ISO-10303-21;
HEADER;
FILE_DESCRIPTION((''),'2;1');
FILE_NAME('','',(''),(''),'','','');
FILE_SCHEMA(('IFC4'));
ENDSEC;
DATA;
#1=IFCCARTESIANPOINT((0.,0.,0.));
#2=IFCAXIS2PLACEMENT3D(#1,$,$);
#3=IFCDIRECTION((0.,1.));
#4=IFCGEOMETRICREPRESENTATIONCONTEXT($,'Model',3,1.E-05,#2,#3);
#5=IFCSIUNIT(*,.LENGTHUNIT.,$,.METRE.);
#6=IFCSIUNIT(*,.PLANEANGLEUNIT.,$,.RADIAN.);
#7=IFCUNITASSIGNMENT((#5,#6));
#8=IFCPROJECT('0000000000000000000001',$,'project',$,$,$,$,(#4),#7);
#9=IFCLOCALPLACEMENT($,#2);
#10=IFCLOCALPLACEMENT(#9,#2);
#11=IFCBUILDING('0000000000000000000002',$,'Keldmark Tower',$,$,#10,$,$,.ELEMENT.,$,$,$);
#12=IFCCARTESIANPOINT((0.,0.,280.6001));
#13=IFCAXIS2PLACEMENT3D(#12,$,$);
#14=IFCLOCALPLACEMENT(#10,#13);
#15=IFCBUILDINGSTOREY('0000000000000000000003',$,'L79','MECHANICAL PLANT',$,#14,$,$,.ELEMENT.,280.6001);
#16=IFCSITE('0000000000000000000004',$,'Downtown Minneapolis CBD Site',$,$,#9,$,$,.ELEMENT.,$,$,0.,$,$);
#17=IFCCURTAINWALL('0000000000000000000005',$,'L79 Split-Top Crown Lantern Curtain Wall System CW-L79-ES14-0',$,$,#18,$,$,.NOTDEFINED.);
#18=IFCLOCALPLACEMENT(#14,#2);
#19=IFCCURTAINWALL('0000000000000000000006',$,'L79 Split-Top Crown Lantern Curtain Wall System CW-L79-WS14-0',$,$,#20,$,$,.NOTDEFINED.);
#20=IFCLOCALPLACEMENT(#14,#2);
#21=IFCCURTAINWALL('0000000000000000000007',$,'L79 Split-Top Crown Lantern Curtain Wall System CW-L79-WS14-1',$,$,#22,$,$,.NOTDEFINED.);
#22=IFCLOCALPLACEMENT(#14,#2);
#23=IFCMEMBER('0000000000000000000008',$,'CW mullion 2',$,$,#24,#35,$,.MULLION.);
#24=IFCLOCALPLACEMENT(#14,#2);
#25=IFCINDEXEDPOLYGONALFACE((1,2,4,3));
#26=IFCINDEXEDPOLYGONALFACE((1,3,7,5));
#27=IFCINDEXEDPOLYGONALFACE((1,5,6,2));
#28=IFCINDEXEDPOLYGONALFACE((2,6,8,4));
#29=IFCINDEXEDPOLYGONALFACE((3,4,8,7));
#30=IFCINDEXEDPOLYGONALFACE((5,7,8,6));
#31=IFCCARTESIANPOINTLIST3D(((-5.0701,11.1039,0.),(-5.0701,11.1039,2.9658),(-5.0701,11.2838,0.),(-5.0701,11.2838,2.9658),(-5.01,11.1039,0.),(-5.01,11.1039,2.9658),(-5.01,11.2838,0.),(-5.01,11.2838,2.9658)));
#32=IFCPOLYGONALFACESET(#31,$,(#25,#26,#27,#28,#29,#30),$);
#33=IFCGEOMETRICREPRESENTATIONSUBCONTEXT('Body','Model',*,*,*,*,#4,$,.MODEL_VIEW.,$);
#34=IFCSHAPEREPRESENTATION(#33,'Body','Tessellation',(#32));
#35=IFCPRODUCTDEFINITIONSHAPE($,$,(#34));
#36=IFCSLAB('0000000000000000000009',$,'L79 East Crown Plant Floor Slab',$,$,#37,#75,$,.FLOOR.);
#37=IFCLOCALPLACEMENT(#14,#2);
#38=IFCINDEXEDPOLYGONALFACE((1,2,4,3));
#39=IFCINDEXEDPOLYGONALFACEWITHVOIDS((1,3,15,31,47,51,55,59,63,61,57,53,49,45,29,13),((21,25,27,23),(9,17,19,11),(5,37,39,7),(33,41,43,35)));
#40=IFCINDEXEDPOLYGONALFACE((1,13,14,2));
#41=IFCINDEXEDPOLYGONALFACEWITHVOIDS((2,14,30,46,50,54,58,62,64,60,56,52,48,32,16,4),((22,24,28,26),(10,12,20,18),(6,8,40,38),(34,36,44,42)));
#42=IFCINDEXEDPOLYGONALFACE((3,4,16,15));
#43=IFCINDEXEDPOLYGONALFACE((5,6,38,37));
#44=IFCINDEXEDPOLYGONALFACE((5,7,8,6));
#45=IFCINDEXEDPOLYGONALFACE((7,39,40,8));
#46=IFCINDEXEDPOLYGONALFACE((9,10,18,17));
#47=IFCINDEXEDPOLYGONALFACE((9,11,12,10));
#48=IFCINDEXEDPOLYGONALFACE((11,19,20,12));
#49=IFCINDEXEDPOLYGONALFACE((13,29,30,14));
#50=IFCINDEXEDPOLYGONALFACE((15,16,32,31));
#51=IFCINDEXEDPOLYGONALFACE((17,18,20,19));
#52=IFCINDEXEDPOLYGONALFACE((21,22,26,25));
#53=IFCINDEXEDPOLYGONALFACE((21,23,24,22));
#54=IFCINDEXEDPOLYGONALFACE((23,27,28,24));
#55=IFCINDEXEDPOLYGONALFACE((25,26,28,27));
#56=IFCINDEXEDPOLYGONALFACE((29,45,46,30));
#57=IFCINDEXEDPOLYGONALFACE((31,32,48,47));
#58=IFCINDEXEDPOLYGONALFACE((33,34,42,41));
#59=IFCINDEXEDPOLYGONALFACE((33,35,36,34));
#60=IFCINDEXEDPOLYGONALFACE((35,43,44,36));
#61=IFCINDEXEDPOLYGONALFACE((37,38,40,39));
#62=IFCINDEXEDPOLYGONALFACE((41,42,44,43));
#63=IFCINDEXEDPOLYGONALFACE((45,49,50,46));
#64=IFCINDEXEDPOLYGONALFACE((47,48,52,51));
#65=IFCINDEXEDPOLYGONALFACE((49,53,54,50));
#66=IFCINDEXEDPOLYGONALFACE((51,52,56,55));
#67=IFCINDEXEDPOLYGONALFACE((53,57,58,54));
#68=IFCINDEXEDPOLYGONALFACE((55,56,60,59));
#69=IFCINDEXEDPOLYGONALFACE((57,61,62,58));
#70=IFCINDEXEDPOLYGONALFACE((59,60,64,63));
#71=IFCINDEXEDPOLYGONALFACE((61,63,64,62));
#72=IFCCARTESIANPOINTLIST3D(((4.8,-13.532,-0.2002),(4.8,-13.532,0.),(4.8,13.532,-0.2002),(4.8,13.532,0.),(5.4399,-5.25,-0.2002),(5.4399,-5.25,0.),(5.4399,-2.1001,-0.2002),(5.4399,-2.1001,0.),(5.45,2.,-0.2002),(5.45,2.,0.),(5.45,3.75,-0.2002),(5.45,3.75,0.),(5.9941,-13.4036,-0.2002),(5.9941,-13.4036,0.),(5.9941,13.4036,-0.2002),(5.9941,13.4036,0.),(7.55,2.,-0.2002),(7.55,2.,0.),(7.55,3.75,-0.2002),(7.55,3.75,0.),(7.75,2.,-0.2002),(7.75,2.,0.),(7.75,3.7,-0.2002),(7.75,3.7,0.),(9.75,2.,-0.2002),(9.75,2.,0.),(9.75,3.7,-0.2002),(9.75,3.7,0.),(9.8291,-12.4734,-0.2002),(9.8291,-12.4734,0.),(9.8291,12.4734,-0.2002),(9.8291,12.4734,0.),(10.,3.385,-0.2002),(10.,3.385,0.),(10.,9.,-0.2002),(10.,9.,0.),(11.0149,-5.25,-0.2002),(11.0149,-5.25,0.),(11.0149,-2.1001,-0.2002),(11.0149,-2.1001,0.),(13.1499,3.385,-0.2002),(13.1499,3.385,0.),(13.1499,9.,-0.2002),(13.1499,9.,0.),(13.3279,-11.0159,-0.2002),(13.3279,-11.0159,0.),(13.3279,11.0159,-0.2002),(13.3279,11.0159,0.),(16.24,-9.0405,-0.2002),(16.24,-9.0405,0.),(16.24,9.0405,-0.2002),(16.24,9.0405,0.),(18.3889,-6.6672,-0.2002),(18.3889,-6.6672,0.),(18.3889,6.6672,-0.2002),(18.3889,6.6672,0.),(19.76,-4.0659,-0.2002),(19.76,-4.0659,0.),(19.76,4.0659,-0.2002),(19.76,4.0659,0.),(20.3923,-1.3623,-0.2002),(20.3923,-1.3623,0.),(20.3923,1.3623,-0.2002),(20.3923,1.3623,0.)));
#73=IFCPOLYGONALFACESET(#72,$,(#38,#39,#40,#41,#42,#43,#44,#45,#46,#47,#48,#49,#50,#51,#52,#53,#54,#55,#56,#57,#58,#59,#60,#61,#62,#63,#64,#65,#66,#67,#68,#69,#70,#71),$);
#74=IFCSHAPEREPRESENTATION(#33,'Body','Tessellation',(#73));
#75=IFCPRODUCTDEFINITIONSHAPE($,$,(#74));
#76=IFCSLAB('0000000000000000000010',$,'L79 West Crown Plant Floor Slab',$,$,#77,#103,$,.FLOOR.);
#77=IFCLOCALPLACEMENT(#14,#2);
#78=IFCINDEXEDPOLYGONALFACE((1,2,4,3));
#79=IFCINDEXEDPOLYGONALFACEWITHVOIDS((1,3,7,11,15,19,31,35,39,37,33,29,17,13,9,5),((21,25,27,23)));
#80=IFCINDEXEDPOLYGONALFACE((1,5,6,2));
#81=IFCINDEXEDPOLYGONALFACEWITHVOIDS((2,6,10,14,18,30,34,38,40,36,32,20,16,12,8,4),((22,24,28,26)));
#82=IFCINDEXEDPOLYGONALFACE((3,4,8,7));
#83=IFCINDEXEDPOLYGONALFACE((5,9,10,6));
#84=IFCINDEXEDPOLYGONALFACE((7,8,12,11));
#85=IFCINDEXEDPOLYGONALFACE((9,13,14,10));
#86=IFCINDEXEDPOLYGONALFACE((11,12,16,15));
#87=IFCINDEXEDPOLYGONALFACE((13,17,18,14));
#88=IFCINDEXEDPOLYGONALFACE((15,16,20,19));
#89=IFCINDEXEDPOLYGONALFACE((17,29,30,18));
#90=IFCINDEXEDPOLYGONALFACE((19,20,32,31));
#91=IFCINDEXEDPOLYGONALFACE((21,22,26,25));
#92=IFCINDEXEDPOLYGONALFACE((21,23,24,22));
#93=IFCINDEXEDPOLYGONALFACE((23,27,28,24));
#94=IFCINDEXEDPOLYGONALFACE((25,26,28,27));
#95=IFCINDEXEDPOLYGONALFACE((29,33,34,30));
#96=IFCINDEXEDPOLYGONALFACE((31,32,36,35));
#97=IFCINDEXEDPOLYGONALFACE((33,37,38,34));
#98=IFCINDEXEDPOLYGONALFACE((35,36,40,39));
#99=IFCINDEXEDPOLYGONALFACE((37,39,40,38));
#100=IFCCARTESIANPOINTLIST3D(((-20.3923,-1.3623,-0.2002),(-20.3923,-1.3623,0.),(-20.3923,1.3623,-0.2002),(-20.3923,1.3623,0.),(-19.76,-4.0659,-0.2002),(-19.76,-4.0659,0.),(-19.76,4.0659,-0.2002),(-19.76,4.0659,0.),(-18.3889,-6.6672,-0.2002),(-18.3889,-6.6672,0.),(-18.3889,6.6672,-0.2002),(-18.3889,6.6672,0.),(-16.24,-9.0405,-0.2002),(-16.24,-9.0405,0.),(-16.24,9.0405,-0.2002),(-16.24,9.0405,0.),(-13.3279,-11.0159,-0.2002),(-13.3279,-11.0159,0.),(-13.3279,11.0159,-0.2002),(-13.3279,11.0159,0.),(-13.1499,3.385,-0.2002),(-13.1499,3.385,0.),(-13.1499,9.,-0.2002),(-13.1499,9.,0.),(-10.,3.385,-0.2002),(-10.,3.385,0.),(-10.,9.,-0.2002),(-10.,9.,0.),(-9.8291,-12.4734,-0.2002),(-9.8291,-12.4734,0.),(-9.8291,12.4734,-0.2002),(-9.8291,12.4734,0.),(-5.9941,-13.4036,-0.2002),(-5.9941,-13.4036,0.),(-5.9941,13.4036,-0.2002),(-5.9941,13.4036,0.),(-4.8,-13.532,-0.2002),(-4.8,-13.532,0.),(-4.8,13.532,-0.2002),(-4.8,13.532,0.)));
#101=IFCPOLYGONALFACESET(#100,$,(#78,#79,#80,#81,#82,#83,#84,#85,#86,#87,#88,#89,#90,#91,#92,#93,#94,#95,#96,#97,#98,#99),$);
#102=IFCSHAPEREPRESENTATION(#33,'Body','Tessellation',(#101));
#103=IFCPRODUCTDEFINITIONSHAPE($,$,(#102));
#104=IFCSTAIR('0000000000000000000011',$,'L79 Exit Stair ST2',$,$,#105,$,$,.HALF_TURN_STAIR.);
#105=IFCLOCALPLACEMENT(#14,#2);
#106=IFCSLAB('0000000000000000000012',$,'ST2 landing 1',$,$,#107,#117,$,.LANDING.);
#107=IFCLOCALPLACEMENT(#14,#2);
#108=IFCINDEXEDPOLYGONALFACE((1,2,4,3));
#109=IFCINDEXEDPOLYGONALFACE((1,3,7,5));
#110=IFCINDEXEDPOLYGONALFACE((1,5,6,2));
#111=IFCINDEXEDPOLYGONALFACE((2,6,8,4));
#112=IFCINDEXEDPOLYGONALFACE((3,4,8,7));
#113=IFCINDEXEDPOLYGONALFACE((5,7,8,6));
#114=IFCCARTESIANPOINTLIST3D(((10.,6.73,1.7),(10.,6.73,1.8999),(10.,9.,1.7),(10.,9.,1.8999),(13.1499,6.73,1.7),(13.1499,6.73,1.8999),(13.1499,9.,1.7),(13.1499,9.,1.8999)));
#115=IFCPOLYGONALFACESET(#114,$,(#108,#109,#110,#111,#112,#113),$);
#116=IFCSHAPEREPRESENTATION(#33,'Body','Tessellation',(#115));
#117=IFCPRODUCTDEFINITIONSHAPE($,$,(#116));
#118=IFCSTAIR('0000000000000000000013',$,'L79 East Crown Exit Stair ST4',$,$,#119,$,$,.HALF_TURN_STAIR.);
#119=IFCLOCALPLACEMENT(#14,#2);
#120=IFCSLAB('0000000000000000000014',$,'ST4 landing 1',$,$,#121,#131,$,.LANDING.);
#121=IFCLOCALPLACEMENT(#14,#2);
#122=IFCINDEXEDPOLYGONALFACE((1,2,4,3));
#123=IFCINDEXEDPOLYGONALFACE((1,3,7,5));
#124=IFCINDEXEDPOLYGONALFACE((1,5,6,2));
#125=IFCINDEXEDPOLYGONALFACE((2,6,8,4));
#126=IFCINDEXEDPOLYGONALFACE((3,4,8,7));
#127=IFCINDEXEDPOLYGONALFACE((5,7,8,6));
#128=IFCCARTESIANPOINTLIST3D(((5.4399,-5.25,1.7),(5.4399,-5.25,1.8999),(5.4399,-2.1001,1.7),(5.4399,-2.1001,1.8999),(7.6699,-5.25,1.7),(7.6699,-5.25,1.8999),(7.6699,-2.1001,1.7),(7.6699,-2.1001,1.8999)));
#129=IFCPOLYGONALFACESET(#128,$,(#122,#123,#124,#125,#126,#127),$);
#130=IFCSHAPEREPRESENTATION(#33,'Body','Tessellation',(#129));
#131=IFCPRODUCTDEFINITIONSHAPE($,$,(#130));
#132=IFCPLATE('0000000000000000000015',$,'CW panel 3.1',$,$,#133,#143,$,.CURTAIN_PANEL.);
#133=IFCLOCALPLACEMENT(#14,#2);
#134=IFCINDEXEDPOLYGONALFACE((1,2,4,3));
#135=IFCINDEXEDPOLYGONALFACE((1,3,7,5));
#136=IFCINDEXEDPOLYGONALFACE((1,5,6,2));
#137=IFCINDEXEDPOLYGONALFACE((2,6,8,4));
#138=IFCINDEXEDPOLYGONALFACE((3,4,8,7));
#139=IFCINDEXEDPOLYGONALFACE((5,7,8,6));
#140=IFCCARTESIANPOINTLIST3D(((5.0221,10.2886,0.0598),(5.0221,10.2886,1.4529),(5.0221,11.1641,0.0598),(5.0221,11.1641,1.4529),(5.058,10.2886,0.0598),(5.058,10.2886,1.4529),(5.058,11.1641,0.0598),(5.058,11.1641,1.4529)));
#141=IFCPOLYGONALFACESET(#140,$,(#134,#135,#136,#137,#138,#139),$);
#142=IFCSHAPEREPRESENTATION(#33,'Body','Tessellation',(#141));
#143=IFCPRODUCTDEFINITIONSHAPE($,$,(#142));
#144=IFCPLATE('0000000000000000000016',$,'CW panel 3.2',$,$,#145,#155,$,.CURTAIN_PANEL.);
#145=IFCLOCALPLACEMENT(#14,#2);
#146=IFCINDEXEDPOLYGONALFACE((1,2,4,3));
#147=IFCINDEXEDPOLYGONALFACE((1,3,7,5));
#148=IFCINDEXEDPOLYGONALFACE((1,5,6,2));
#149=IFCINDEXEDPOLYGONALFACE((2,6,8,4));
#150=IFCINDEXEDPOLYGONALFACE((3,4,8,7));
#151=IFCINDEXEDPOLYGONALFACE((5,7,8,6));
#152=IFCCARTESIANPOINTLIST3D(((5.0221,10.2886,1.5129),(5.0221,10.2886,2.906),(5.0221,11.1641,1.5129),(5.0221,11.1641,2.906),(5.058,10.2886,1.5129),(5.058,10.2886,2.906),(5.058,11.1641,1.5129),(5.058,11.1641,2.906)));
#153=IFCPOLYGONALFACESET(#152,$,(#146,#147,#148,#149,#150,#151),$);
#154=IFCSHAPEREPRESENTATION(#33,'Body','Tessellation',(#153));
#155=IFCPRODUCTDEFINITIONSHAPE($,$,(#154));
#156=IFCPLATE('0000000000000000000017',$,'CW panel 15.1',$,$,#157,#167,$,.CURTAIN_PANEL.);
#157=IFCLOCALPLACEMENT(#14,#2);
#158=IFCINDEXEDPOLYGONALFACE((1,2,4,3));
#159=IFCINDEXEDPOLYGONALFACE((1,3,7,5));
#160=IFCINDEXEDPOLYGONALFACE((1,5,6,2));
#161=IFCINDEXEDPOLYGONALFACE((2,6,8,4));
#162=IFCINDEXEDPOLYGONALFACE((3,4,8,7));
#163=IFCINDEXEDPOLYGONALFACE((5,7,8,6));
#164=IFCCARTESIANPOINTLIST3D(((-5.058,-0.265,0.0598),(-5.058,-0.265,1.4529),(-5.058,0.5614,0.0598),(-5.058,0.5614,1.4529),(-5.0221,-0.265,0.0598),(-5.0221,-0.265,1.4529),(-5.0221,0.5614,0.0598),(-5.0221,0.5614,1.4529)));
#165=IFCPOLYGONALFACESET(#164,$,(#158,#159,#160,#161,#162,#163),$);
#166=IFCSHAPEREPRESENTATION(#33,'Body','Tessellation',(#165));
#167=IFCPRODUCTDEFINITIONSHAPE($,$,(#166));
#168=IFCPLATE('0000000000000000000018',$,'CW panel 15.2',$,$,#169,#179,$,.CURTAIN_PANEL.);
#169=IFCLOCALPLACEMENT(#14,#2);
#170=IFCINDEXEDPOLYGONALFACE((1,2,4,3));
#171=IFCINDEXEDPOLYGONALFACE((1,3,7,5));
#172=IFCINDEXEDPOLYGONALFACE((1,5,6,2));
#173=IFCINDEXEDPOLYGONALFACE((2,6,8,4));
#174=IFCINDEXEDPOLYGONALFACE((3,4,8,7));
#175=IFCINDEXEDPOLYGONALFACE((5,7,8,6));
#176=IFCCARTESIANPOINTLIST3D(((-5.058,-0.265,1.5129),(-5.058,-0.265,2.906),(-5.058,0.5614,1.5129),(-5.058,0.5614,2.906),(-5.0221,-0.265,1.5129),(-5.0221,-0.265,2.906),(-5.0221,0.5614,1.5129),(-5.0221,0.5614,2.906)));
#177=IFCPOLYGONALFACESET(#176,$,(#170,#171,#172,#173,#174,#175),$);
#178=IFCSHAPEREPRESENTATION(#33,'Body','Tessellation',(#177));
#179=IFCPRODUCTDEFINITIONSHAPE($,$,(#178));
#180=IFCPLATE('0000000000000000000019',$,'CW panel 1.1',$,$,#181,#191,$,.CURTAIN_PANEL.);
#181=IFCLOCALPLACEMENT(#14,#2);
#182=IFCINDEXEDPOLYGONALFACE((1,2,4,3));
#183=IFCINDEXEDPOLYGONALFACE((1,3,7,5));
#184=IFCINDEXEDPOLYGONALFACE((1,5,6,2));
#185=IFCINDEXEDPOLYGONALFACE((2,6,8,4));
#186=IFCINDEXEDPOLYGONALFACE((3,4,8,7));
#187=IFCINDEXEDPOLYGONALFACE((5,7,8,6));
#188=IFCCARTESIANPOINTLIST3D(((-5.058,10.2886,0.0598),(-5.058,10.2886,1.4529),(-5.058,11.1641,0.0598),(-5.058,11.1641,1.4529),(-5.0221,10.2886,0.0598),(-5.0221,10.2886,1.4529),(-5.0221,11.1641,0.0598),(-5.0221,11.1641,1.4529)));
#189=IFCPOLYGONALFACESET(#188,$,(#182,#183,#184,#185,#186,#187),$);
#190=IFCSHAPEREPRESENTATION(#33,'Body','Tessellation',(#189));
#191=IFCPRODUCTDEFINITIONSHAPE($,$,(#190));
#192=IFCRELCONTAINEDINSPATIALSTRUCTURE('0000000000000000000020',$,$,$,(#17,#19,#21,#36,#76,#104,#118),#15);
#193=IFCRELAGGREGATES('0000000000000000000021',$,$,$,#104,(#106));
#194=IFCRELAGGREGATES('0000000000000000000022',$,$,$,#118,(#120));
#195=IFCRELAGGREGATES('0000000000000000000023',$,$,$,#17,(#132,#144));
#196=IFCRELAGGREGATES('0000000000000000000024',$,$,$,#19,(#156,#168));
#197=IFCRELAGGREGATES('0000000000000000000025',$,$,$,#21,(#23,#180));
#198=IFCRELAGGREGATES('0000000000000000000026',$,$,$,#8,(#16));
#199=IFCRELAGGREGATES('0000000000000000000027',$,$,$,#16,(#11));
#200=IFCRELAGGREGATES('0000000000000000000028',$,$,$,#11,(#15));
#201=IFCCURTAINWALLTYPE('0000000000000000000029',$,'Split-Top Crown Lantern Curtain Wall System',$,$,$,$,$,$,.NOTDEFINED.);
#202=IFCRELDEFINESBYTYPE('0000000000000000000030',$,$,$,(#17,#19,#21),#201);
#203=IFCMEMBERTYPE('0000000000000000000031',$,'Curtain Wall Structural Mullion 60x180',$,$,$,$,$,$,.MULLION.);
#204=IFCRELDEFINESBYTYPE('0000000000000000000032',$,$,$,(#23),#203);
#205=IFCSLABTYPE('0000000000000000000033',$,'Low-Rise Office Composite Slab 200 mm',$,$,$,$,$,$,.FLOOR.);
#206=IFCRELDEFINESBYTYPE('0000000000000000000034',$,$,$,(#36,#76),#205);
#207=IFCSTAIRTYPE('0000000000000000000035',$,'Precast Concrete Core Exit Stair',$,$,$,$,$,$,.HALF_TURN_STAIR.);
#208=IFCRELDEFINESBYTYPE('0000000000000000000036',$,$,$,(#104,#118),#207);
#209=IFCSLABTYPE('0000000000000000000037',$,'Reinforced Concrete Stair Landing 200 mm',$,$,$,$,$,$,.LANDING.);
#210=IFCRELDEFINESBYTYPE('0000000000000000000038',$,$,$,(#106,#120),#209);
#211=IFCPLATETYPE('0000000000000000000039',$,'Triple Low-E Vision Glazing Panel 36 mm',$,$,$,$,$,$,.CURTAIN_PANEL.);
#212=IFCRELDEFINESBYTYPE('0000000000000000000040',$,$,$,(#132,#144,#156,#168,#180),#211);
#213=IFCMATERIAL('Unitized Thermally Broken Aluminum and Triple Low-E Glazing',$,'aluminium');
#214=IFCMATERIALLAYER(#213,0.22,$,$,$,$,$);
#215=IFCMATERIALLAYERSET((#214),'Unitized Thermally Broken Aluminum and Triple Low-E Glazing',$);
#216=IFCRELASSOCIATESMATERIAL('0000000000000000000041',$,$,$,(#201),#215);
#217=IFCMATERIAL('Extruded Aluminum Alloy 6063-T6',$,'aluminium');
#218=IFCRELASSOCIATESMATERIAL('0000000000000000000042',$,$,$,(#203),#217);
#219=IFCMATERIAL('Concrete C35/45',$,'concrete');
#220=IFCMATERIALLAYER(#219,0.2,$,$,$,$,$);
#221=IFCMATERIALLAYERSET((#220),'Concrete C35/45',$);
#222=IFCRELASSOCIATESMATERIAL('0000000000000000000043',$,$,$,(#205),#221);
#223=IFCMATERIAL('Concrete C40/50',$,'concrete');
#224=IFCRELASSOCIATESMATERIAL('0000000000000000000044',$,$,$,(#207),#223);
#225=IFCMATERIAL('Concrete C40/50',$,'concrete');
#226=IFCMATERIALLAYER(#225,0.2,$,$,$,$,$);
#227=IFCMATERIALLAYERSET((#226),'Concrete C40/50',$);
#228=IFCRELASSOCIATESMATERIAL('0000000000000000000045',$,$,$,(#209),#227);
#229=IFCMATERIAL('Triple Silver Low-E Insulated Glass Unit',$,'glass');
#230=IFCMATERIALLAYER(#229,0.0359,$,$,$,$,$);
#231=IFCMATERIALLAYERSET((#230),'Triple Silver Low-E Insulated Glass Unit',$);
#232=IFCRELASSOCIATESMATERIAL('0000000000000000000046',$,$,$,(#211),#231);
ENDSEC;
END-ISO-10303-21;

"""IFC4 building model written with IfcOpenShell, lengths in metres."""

from ifc_helpers import new_model, si_unit, direction, frame, origin, origin_2d, place, context, subcontext, project, spatial, polyline, rectangle, outline, extrude, material, layer, layer_set, material_profile, profile_set, type_object, element, aggregate, save


model = new_model("IFC4")

# Units and contexts
model_context = context("Model", 3, precision=1e-05, world=origin(), true_north=direction((0.0, 1.0)))
body_context = subcontext(model_context, "Body", "Model", "MODEL_VIEW")
ifc_project = project(units=[si_unit("LENGTHUNIT", "METRE"), si_unit("PLANEANGLEUNIT", "RADIAN")], contexts=[model_context])

# Site, building, storey
site_placement = place(None, origin())
site = spatial("IfcSite", under=ifc_project, at=site_placement, Name="Downtown Minneapolis CBD Site", CompositionType="ELEMENT", RefElevation=0.0)
building_placement = place(site_placement, origin())
building = spatial("IfcBuilding", under=site, at=building_placement, Name="Keldmark Tower", CompositionType="ELEMENT")
storey_placement = place(building_placement, frame((0.0, 0.0, 280.6001)))
storey = spatial("IfcBuildingStorey", under=building, at=storey_placement, Name="L79", Description="MECHANICAL PLANT", CompositionType="ELEMENT", Elevation=280.6001)

# Curtain wall
ifc_material_1 = material(Name="Unitized Thermally Broken Aluminum and Triple Low-E Glazing", Category="aluminium")
ifc_layer_1 = layer(ifc_material_1, 0.22)
ifc_layer_set_1 = layer_set([ifc_layer_1], Name="Unitized Thermally Broken Aluminum and Triple Low-E Glazing")
curtain_wall_type = type_object("IfcCurtainWallType", Name="Split-Top Crown Lantern Curtain Wall System", PredefinedType="NOTDEFINED", material=ifc_layer_set_1)
curtain_wall_1_placement = place(storey_placement, origin())
curtain_wall_1 = element("IfcCurtainWall", 1, at=curtain_wall_1_placement, inside=storey, type_object=curtain_wall_type, Name="L79 Split-Top Crown Lantern Curtain Wall System CW-L79-ES14-0", PredefinedType="NOTDEFINED")

# Curtain wall
curtain_wall_2_placement = place(storey_placement, origin())
curtain_wall_2 = element("IfcCurtainWall", 2, at=curtain_wall_2_placement, inside=storey, type_object=curtain_wall_type, Name="L79 Split-Top Crown Lantern Curtain Wall System CW-L79-WS14-0", PredefinedType="NOTDEFINED")

# Curtain wall
curtain_wall_3_placement = place(storey_placement, origin())
curtain_wall_3 = element("IfcCurtainWall", 3, at=curtain_wall_3_placement, inside=storey, type_object=curtain_wall_type, Name="L79 Split-Top Crown Lantern Curtain Wall System CW-L79-WS14-1", PredefinedType="NOTDEFINED")

# Shared definitions
ifc_material_2 = material(Name="Extruded Aluminum Alloy 6063-T6", Category="aluminium")
ifc_material_profile_1 = material_profile(ifc_material_2, rectangle(XDim=0.0601, YDim=0.1799, at=origin_2d()), Name="CWM60X180")
ifc_profile_set_1 = profile_set([ifc_material_profile_1], Name="Extruded Aluminum Alloy 6063-T6")
member_type_1 = type_object("IfcMemberType", Name="Curtain Wall Structural Mullion 60x180", PredefinedType="MULLION", material=ifc_profile_set_1)

# Member
member_1_placement = place(storey_placement, frame((-5.04, 11.1938, 0.0), z_axis=(0.0, 0.0, 1.0), x_axis=(-1.0, 0.0, 0.0)))
member_1 = element("IfcMember", 4, at=member_1_placement, type_object=member_type_1, Name="CW mullion 2", PredefinedType="MULLION", context=body_context, shape_type="SweptSolid", body=[
    extrude(rectangle(XDim=0.0601, YDim=0.1799, at=origin_2d()), origin(), (0.0, 0.0, 1.0), 2.9658),
])

# Slabs
ifc_material_3 = material(Name="Concrete C35/45", Category="concrete")
ifc_layer_2 = layer(ifc_material_3, 0.2)
ifc_layer_set_2 = layer_set([ifc_layer_2], Name="Concrete C35/45")
slab_type_1 = type_object("IfcSlabType", Name="Low-Rise Office Composite Slab 200 mm", PredefinedType="FLOOR", material=ifc_layer_set_2)
slab_1_placement = place(storey_placement, frame((0.0, 0.0, -0.2002)))
element("IfcSlab", 5, at=slab_1_placement, inside=storey, type_object=slab_type_1, Name="L79 East Crown Plant Floor Slab", PredefinedType="FLOOR", context=body_context, shape_type="SweptSolid", body=[
    extrude(outline(polyline([(5.9941, 13.4036), (9.8291, 12.4734), (13.3279, 11.0159), (16.24, 9.0405), (18.3889, 6.6672), (19.76, 4.0659), (20.3923, 1.3623), (20.3923, -1.3623), (19.76, -4.0659), (18.3889, -6.6672), (16.24, -9.0405), (13.3279, -11.0159), (9.8291, -12.4734), (5.9941, -13.4036), (4.8, -13.532), (4.8, 13.532), (5.9941, 13.4036)]), holes=[polyline([(13.1499, 3.385), (13.1499, 9.0), (10.0, 9.0), (10.0, 3.385), (13.1499, 3.385)]), polyline([(11.0149, -2.1001), (5.4399, -2.1001), (5.4399, -5.25), (11.0149, -5.25), (11.0149, -2.1001)]), polyline([(7.75, 2.0), (9.75, 2.0), (9.75, 3.7), (7.75, 3.7), (7.75, 2.0)]), polyline([(5.45, 2.0), (7.55, 2.0), (7.55, 3.75), (5.45, 3.75), (5.45, 2.0)])]), origin(), (0.0, 0.0, 1.0), 0.2002),
])
slab_2_placement = place(storey_placement, frame((0.0, 0.0, -0.2002)))
element("IfcSlab", 6, at=slab_2_placement, inside=storey, type_object=slab_type_1, Name="L79 West Crown Plant Floor Slab", PredefinedType="FLOOR", context=body_context, shape_type="SweptSolid", body=[
    extrude(outline(polyline([(-5.9941, -13.4036), (-9.8291, -12.4734), (-13.3279, -11.0159), (-16.24, -9.0405), (-18.3889, -6.6672), (-19.76, -4.0659), (-20.3923, -1.3623), (-20.3923, 1.3623), (-19.76, 4.0659), (-18.3889, 6.6672), (-16.24, 9.0405), (-13.3279, 11.0159), (-9.8291, 12.4734), (-5.9941, 13.4036), (-4.8, 13.532), (-4.8, -13.532), (-5.9941, -13.4036)]), holes=[polyline([(-10.0, 3.385), (-10.0, 9.0), (-13.1499, 9.0), (-13.1499, 3.385), (-10.0, 3.385)])]), origin(), (0.0, 0.0, 1.0), 0.2002),
])

# Stairs, slabs
ifc_material_4 = material(Name="Concrete C40/50", Category="concrete")
stair_type = type_object("IfcStairType", Name="Precast Concrete Core Exit Stair", PredefinedType="HALF_TURN_STAIR", material=ifc_material_4)
stair_1_placement = place(storey_placement, origin())
stair_1 = element("IfcStair", 7, at=stair_1_placement, inside=storey, type_object=stair_type, Name="L79 Exit Stair ST2", PredefinedType="HALF_TURN_STAIR")
ifc_material_5 = material(Name="Concrete C40/50", Category="concrete")
ifc_layer_3 = layer(ifc_material_5, 0.2)
ifc_layer_set_3 = layer_set([ifc_layer_3], Name="Concrete C40/50")
slab_type_2 = type_object("IfcSlabType", Name="Reinforced Concrete Stair Landing 200 mm", PredefinedType="LANDING", material=ifc_layer_set_3)
slab_3_placement = place(storey_placement, frame((0.0, 0.0, 1.7)))
slab_3 = element("IfcSlab", 8, at=slab_3_placement, type_object=slab_type_2, Name="ST2 landing 1", PredefinedType="LANDING", context=body_context, shape_type="SweptSolid", body=[
    extrude(outline(polyline([(13.1499, 6.73), (13.1499, 9.0), (10.0, 9.0), (10.0, 6.73), (13.1499, 6.73)])), origin(), (0.0, 0.0, 1.0), 0.2),
])
aggregate(stair_1, [slab_3])
stair_2_placement = place(storey_placement, origin())
stair_2 = element("IfcStair", 9, at=stair_2_placement, inside=storey, type_object=stair_type, Name="L79 East Crown Exit Stair ST4", PredefinedType="HALF_TURN_STAIR")
slab_4_placement = place(storey_placement, frame((0.0, 0.0, 1.7)))
slab_4 = element("IfcSlab", 10, at=slab_4_placement, type_object=slab_type_2, Name="ST4 landing 1", PredefinedType="LANDING", context=body_context, shape_type="SweptSolid", body=[
    extrude(outline(polyline([(7.6699, -2.1001), (5.4399, -2.1001), (5.4399, -5.25), (7.6699, -5.25), (7.6699, -2.1001)])), origin(), (0.0, 0.0, 1.0), 0.2),
])
aggregate(stair_2, [slab_4])

# Plates
ifc_material_6 = material(Name="Triple Silver Low-E Insulated Glass Unit", Category="glass")
ifc_layer_4 = layer(ifc_material_6, 0.0359)
ifc_layer_set_4 = layer_set([ifc_layer_4], Name="Triple Silver Low-E Insulated Glass Unit")
plate_type = type_object("IfcPlateType", Name="Triple Low-E Vision Glazing Panel 36 mm", PredefinedType="CURTAIN_PANEL", material=ifc_layer_set_4)
plate_1_placement = place(storey_placement, frame((5.04, 10.7263, 0.0598), z_axis=(0.0, 0.0, 1.0), x_axis=(0.0, -1.0, 0.0)))
plate_1 = element("IfcPlate", 11, at=plate_1_placement, type_object=plate_type, Name="CW panel 3.1", PredefinedType="CURTAIN_PANEL", context=body_context, shape_type="SweptSolid", body=[
    extrude(rectangle(XDim=0.8755, YDim=0.0359, at=origin_2d()), origin(), (0.0, 0.0, 1.0), 1.3931),
])
plate_2_placement = place(storey_placement, frame((5.04, 10.7263, 1.5129), z_axis=(0.0, 0.0, 1.0), x_axis=(0.0, -1.0, 0.0)))
plate_2 = element("IfcPlate", 12, at=plate_2_placement, type_object=plate_type, Name="CW panel 3.2", PredefinedType="CURTAIN_PANEL", context=body_context, shape_type="SweptSolid", body=[
    extrude(rectangle(XDim=0.8755, YDim=0.0359, at=origin_2d()), origin(), (0.0, 0.0, 1.0), 1.3931),
])
aggregate(curtain_wall_1, [plate_1, plate_2])
plate_3_placement = place(storey_placement, frame((-5.04, 0.1482, 0.0598), z_axis=(0.0, 0.0, 1.0), x_axis=(0.0, 1.0, 0.0)))
plate_3 = element("IfcPlate", 13, at=plate_3_placement, type_object=plate_type, Name="CW panel 15.1", PredefinedType="CURTAIN_PANEL", context=body_context, shape_type="SweptSolid", body=[
    extrude(rectangle(XDim=0.8264, YDim=0.0359, at=origin_2d()), origin(), (0.0, 0.0, 1.0), 1.3931),
])
plate_4_placement = place(storey_placement, frame((-5.04, 0.1482, 1.5129), z_axis=(0.0, 0.0, 1.0), x_axis=(0.0, 1.0, 0.0)))
plate_4 = element("IfcPlate", 14, at=plate_4_placement, type_object=plate_type, Name="CW panel 15.2", PredefinedType="CURTAIN_PANEL", context=body_context, shape_type="SweptSolid", body=[
    extrude(rectangle(XDim=0.8264, YDim=0.0359, at=origin_2d()), origin(), (0.0, 0.0, 1.0), 1.3931),
])
aggregate(curtain_wall_2, [plate_3, plate_4])
plate_5_placement = place(storey_placement, frame((-5.04, 10.7263, 0.0598), z_axis=(0.0, 0.0, 1.0), x_axis=(0.0, 1.0, 0.0)))
plate_5 = element("IfcPlate", 15, at=plate_5_placement, type_object=plate_type, Name="CW panel 1.1", PredefinedType="CURTAIN_PANEL", context=body_context, shape_type="SweptSolid", body=[
    extrude(rectangle(XDim=0.8755, YDim=0.0359, at=origin_2d()), origin(), (0.0, 0.0, 1.0), 1.3931),
])
aggregate(curtain_wall_3, [member_1, plate_5])

save(model, "model.ifc")
